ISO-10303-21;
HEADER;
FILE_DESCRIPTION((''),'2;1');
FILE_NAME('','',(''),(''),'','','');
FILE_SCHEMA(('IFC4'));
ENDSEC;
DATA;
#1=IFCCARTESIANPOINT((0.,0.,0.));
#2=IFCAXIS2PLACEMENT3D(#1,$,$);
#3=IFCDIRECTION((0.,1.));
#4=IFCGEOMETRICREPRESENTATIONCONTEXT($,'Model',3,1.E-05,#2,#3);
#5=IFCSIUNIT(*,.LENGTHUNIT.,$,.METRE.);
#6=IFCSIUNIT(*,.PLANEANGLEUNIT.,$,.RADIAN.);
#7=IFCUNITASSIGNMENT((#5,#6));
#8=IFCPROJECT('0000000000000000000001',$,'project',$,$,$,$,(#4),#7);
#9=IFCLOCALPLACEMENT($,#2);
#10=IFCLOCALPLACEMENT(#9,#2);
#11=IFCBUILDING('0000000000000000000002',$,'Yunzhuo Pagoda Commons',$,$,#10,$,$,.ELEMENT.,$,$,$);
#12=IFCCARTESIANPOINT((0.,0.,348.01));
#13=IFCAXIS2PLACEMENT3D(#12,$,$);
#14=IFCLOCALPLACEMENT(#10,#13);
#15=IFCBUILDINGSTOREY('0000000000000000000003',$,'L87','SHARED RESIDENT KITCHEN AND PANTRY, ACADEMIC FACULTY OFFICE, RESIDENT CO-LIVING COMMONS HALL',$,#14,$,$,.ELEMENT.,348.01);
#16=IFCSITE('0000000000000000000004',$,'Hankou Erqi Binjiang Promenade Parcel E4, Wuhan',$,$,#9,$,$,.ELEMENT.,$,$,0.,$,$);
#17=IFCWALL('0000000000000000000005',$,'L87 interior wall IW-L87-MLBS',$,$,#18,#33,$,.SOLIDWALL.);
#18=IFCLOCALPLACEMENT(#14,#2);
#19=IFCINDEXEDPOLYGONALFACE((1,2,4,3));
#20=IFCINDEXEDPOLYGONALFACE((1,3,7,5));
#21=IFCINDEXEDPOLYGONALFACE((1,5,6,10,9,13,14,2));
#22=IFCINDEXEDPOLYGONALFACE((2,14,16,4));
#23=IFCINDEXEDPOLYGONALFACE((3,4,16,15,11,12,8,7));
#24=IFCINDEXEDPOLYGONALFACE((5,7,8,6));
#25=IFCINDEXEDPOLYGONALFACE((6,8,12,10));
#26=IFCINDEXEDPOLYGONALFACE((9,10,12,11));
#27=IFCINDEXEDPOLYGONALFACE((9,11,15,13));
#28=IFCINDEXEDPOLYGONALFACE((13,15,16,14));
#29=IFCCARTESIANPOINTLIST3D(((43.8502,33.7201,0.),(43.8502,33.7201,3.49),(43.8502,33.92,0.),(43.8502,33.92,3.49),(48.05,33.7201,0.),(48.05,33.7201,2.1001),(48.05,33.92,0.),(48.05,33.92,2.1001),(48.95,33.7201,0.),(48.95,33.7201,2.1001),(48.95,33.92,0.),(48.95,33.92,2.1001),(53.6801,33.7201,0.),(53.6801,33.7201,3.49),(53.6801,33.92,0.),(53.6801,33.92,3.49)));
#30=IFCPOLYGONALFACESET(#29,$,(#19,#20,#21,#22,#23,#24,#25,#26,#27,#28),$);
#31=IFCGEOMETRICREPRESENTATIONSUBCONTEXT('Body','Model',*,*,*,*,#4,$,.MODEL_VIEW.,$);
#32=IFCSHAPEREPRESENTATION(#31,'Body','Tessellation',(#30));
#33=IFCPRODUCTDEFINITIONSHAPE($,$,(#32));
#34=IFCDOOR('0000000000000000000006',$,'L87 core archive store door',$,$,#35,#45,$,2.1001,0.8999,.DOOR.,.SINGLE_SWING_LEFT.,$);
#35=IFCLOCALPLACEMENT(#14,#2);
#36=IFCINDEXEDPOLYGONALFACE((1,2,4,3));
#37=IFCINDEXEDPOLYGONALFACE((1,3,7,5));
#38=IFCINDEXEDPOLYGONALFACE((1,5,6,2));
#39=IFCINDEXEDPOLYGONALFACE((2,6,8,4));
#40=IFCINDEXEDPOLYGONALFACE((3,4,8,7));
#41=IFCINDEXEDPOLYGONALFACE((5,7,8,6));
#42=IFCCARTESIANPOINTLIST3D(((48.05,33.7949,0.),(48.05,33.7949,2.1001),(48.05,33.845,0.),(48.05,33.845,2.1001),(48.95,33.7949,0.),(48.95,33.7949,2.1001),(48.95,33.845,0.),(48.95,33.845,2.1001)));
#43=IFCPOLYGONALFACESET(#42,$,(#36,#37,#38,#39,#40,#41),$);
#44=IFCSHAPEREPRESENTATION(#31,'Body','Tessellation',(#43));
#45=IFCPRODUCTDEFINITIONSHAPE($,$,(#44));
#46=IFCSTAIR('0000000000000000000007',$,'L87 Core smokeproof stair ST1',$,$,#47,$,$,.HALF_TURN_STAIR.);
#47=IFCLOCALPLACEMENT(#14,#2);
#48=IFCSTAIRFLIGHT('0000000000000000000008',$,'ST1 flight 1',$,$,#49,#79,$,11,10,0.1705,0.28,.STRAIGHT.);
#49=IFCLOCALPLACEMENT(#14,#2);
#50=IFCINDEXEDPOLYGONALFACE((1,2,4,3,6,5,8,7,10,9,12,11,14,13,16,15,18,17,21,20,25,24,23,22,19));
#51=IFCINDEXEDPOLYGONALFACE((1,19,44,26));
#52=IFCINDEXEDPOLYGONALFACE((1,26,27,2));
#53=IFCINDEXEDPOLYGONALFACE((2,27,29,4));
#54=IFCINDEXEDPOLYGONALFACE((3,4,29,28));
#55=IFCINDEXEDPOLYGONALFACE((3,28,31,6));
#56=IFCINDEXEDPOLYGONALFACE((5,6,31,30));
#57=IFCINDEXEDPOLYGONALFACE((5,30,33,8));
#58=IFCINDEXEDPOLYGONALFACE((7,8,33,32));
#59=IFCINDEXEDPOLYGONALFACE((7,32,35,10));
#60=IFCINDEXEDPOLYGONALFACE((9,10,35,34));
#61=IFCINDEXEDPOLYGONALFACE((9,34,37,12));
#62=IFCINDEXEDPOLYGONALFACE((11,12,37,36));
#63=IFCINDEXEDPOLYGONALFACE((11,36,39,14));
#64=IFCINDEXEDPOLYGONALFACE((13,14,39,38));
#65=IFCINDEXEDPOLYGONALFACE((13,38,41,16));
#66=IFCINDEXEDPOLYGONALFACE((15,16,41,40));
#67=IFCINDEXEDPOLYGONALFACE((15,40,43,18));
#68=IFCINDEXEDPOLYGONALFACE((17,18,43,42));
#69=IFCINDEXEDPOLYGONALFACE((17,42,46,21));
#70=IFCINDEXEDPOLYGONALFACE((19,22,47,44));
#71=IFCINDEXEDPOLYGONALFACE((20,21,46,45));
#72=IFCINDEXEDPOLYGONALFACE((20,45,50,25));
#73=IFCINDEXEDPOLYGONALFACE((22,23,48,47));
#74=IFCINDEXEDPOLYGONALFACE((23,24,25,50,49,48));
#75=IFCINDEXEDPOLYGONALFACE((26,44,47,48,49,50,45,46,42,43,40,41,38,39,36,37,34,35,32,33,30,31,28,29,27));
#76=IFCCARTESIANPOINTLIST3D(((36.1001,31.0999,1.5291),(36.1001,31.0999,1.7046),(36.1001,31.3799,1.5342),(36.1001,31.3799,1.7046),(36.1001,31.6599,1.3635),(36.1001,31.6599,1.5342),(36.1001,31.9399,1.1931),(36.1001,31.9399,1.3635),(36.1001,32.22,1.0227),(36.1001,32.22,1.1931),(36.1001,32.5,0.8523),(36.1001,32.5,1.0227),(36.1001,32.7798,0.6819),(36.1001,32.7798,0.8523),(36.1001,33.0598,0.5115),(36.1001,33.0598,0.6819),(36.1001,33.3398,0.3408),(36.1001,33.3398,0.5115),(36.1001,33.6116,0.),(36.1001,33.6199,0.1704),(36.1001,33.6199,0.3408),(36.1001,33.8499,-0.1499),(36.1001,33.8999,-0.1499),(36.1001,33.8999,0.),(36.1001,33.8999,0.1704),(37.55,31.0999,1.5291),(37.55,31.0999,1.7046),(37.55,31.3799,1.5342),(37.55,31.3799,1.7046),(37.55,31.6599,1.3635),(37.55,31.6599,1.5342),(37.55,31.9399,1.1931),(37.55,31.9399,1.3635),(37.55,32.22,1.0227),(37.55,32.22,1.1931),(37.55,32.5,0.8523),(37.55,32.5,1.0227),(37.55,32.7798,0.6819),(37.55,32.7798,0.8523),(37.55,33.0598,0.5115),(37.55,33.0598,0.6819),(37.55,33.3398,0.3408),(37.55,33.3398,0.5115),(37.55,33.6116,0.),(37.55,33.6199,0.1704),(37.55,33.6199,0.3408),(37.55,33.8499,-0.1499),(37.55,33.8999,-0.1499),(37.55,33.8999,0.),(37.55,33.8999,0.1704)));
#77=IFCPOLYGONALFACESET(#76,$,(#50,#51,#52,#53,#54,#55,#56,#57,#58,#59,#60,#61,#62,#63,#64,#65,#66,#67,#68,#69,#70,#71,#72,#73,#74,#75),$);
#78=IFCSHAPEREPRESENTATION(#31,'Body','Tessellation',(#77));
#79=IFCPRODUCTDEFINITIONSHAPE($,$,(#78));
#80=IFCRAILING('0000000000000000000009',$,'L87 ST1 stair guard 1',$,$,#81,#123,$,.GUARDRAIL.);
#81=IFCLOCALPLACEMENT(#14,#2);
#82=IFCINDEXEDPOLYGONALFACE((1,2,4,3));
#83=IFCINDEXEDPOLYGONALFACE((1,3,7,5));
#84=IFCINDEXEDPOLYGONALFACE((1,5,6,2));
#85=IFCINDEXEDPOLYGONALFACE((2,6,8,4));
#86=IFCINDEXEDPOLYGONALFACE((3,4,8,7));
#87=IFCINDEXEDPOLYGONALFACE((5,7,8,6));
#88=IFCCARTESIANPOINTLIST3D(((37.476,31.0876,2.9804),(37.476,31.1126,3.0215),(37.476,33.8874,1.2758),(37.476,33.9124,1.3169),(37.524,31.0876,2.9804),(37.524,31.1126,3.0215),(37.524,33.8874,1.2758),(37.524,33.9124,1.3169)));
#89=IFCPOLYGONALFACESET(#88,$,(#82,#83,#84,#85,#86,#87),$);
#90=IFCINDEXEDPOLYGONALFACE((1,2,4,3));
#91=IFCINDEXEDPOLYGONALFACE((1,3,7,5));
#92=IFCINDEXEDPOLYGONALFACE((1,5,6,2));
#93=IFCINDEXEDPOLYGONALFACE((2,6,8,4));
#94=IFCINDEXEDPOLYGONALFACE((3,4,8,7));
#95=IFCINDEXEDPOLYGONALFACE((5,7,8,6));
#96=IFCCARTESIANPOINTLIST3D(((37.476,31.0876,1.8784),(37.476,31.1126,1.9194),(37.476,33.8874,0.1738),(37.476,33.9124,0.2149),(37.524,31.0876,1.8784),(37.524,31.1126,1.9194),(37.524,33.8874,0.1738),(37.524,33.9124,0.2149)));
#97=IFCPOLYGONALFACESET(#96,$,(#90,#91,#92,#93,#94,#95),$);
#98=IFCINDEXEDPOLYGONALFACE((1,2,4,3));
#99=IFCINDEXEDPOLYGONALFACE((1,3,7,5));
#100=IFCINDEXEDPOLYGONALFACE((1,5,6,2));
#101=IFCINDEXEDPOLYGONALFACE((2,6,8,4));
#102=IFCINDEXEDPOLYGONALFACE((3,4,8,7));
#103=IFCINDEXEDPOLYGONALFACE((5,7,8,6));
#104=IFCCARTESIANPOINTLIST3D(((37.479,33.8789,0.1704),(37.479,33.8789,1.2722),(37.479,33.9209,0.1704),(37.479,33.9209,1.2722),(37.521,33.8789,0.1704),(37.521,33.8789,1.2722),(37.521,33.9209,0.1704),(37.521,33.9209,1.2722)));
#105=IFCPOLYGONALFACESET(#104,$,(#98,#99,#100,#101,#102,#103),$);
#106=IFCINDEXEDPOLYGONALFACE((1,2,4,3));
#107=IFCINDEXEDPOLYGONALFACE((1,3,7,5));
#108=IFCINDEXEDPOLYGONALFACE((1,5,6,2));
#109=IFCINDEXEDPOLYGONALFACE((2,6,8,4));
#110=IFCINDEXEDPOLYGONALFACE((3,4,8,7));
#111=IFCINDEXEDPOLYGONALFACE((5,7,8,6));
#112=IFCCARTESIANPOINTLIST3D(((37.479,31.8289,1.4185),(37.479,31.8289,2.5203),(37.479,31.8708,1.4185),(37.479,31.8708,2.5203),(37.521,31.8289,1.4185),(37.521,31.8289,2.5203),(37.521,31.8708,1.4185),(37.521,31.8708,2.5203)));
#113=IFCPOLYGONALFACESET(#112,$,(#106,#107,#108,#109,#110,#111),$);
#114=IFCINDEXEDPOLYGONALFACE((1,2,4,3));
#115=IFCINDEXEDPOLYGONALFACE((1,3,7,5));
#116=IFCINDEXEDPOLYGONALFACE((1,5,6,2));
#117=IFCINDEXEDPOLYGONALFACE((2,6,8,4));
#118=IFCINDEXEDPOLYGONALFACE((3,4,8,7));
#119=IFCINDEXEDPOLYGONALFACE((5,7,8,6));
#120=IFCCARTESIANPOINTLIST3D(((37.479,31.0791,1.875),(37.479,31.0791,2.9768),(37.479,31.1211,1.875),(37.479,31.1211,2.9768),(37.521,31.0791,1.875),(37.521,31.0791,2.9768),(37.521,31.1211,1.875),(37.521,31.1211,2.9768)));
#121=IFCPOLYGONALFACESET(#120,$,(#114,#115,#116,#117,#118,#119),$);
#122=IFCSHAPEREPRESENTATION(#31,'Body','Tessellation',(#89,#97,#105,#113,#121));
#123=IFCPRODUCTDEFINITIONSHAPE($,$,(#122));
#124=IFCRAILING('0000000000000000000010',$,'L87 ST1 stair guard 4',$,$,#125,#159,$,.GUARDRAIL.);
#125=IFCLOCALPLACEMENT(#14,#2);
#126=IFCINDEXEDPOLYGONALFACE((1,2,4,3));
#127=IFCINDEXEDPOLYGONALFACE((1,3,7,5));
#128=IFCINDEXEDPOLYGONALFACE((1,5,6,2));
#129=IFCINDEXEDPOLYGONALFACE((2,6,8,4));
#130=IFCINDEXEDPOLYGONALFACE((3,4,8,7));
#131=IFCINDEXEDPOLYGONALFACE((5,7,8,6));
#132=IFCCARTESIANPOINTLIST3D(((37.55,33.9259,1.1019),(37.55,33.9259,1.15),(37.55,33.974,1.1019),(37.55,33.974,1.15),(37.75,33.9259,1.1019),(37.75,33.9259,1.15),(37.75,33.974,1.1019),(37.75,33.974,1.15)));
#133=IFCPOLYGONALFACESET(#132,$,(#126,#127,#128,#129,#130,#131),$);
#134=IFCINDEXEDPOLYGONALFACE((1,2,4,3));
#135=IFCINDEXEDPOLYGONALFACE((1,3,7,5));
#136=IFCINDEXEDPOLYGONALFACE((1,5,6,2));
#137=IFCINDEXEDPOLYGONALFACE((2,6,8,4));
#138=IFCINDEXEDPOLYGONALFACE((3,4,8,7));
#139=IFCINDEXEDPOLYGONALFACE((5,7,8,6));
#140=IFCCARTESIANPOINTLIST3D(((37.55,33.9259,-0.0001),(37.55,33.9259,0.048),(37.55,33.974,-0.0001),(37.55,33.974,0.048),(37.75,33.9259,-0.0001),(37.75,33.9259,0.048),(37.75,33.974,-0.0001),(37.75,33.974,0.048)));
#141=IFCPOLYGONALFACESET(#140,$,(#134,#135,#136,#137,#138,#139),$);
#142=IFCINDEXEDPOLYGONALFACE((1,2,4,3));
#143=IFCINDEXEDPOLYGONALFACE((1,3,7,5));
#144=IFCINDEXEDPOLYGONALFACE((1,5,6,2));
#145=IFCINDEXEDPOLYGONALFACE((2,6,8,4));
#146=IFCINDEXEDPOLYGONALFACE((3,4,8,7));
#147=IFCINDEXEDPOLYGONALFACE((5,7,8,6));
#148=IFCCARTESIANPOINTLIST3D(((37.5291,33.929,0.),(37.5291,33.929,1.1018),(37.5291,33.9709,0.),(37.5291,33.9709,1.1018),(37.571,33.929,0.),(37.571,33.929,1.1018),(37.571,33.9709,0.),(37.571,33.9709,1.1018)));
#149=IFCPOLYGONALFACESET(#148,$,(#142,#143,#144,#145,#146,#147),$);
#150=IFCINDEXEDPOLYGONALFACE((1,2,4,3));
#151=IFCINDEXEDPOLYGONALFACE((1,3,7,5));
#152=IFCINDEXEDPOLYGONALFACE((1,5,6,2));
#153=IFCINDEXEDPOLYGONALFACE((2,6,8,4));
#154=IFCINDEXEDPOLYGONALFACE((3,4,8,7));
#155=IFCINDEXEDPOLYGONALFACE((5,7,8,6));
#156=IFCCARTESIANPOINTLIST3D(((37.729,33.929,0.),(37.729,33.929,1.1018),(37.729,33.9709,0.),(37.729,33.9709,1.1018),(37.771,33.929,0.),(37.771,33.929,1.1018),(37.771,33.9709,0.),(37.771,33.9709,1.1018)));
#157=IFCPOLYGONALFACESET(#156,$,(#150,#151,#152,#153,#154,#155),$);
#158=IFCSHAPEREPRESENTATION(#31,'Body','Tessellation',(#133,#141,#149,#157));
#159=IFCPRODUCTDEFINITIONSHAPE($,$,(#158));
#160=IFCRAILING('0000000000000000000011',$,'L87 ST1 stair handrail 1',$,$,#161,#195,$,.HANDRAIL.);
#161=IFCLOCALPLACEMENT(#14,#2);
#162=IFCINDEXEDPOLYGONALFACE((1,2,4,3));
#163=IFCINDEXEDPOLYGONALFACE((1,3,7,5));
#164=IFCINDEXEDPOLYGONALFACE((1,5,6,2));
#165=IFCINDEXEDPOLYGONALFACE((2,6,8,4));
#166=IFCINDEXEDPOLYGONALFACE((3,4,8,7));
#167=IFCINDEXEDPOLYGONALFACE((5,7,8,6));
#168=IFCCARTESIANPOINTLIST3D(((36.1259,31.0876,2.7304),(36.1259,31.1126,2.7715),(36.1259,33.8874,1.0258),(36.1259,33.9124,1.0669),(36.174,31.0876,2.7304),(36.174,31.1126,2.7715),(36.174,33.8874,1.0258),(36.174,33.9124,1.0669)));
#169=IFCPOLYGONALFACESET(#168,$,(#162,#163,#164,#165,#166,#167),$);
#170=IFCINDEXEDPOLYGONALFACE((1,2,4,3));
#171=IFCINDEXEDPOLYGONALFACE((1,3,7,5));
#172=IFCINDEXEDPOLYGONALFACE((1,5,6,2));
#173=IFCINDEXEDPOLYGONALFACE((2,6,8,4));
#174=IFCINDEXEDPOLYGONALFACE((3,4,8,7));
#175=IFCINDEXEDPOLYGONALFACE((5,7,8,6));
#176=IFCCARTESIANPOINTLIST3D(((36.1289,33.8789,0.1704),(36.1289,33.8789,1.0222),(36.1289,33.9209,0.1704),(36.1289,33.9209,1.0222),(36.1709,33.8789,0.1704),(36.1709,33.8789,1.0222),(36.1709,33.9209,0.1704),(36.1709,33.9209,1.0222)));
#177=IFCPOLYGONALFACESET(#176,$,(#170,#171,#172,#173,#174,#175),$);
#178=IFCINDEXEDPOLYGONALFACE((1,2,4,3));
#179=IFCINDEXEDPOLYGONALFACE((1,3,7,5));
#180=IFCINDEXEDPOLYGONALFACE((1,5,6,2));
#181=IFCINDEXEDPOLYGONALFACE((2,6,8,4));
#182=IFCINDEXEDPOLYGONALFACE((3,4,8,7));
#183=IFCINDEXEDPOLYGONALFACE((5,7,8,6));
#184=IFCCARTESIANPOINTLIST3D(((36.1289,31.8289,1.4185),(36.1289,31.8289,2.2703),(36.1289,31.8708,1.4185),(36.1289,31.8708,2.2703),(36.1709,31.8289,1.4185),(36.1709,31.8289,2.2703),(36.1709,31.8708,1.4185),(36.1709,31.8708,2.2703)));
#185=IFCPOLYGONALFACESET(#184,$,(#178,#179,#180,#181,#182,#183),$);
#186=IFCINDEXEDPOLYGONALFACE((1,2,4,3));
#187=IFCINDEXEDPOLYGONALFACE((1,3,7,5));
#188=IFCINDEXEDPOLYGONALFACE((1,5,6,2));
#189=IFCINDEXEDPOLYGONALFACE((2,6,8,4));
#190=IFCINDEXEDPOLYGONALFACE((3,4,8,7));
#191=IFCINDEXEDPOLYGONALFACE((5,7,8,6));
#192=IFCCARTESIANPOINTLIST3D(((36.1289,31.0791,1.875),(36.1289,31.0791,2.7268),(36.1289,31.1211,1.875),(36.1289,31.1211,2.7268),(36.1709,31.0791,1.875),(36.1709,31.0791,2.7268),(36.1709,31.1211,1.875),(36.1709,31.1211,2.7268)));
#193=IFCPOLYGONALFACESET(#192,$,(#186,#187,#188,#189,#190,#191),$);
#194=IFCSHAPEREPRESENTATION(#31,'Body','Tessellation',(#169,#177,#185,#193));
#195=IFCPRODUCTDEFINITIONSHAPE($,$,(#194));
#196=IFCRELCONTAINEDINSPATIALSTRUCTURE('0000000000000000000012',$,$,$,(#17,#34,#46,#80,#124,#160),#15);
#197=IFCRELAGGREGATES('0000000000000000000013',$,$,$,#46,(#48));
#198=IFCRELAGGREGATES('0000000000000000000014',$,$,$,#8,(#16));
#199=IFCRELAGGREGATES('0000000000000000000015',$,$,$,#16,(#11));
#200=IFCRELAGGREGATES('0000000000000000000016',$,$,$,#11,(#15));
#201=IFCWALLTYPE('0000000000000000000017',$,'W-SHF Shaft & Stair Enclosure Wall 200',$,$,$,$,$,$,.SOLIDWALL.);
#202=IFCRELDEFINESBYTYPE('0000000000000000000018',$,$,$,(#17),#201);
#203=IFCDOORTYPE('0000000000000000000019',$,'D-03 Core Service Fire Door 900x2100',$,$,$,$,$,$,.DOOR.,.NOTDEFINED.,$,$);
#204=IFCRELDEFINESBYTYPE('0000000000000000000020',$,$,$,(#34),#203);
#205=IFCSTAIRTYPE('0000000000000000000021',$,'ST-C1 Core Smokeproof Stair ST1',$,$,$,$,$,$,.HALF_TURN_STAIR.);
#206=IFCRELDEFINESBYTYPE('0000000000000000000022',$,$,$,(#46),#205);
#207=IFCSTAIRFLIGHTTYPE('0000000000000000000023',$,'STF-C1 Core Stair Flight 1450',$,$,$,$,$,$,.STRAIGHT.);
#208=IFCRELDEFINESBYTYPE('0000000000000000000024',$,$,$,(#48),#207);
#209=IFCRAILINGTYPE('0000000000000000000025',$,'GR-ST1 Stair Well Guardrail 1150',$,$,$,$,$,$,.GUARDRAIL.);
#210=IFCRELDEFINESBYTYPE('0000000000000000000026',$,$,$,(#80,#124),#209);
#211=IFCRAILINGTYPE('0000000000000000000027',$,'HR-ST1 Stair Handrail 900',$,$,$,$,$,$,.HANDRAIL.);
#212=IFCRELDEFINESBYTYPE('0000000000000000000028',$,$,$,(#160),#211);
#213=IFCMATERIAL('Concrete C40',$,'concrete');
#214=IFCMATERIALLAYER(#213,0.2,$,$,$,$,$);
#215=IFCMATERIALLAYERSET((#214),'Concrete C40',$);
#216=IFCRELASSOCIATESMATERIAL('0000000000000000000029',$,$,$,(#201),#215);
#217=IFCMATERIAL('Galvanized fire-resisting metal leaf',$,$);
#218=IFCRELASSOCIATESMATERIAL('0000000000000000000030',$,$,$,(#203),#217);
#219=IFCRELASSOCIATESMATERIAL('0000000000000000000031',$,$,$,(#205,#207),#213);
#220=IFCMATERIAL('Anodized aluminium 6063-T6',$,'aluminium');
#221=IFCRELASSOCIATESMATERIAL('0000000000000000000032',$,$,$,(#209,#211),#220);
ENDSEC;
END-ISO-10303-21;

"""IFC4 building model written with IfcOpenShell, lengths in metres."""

from ifc_helpers import new_model, si_unit, direction, frame, frame_2d, origin, origin_with_axes, origin_2d, place, context, subcontext, project, spatial, polyline, rectangle, outline, extrude, source, transform, mapped, material, layer, layer_set, type_object, element, fill, aggregate, save


model = new_model("IFC4")

# Units and contexts
model_context = context("Model", 3, precision=1e-05, world=origin(), true_north=direction((0.0, 1.0)))
body_context = subcontext(model_context, "Body", "Model", "MODEL_VIEW")
ifc_project = project(units=[si_unit("LENGTHUNIT", "METRE"), si_unit("PLANEANGLEUNIT", "RADIAN")], contexts=[model_context])

# Site, building, storey
site_placement = place(None, origin())
site = spatial("IfcSite", under=ifc_project, at=site_placement, Name="Hankou Erqi Binjiang Promenade Parcel E4, Wuhan", CompositionType="ELEMENT", RefElevation=0.0)
building_placement = place(site_placement, origin())
building = spatial("IfcBuilding", under=site, at=building_placement, Name="Yunzhuo Pagoda Commons", CompositionType="ELEMENT")
storey_placement = place(building_placement, frame((0.0, 0.0, 348.01)))
storey = spatial("IfcBuildingStorey", under=building, at=storey_placement, Name="L87", Description="SHARED RESIDENT KITCHEN AND PANTRY, ACADEMIC FACULTY OFFICE, RESIDENT CO-LIVING COMMONS HALL", CompositionType="ELEMENT", Elevation=348.01)

# Shared definitions
ifc_material_1 = material(Name="Galvanized fire-resisting metal leaf")
ifc_material_2 = material(Name="Concrete C40", Category="concrete")
ifc_layer_1 = layer(ifc_material_2, 0.2)
ifc_layer_set_1 = layer_set([ifc_layer_1], Name="Concrete C40")
wall_type_1 = type_object("IfcWallType", Name="W-SHF Shaft & Stair Enclosure Wall 200", PredefinedType="SOLIDWALL", material=ifc_layer_set_1)

# Wall, opening, door
door_type_1 = type_object("IfcDoorType", Name="D-03 Core Service Fire Door 900x2100", OperationType="NOTDEFINED", PredefinedType="DOOR", material=ifc_material_1)
shared_shape_1 = source(origin(), body_context, "Body", "SweptSolid", [
    extrude(rectangle(XDim=0.8999, YDim=2.1001, at=frame_2d((0.45, 1.05))), frame((0.0, 0.0249, 0.0), z_axis=(0.0, -1.0, 0.0), x_axis=(1.0, 0.0, 0.0)), (0.0, 0.0, 1.0), 0.05),
])
wall_1_placement = place(storey_placement, frame((43.8501, 33.8201, 0.0), z_axis=(0.0, 0.0, 1.0), x_axis=(1.0, 0.0, 0.0)))
wall_1 = element("IfcWall", 1, at=wall_1_placement, inside=storey, type_object=wall_type_1, Name="L87 interior wall IW-L87-MLBS", PredefinedType="SOLIDWALL", context=body_context, shape_type="SweptSolid", body=[
    extrude(rectangle(XDim=9.8298, YDim=0.2, at=frame_2d((4.915, 0.0))), origin(), (0.0, 0.0, 1.0), 3.49),
])
opening_1_placement = place(wall_1_placement, frame((4.2, 0.0, 0.0)))
opening_1 = element("IfcOpeningElement", 2, at=opening_1_placement, cuts=wall_1, PredefinedType="OPENING", context=body_context, shape_type="SweptSolid", body=[
    extrude(rectangle(XDim=0.8999, YDim=2.1001, at=frame_2d((0.45, 1.05))), frame((0.0, 0.1099, 0.0), z_axis=(0.0, -1.0, 0.0), x_axis=(1.0, 0.0, 0.0)), (0.0, 0.0, 1.0), 0.22),
])
door_1_placement = place(opening_1_placement, origin_with_axes())
door_1 = element("IfcDoor", 3, at=door_1_placement, inside=storey, type_object=door_type_1, Name="L87 core archive store door", OperationType="SINGLE_SWING_LEFT", OverallHeight=2.1001, OverallWidth=0.8999, PredefinedType="DOOR", context=body_context, shape_type="MappedRepresentation", body=[
    mapped(shared_shape_1, transform((0.0, 0.0, 0.0), scale=1.0)),
])
fill(opening_1, door_1)

# Stair, stair flight
stair_type = type_object("IfcStairType", Name="ST-C1 Core Smokeproof Stair ST1", PredefinedType="HALF_TURN_STAIR", material=ifc_material_2)
stair_placement = place(storey_placement, origin())
stair = element("IfcStair", 4, at=stair_placement, inside=storey, type_object=stair_type, Name="L87 Core smokeproof stair ST1", PredefinedType="HALF_TURN_STAIR")
stair_flight_type = type_object("IfcStairFlightType", Name="STF-C1 Core Stair Flight 1450", PredefinedType="STRAIGHT", material=ifc_material_2)
shared_shape_2 = source(origin(), body_context, "Body", "SweptSolid", [
    extrude(outline(polyline([(0.0, -0.1499), (0.0, 0.0), (0.0, 0.1704), (0.28, 0.1704), (0.28, 0.3408), (0.5601, 0.3408), (0.5601, 0.5115), (0.8401, 0.5115), (0.8401, 0.6819), (1.1201, 0.6819), (1.1201, 0.8523), (1.3999, 0.8523), (1.3999, 1.0227), (1.6799, 1.0227), (1.6799, 1.1931), (1.96, 1.1931), (1.96, 1.3635), (2.24, 1.3635), (2.24, 1.5342), (2.52, 1.5342), (2.52, 1.7046), (2.8, 1.7046), (2.8, 1.875), (2.8, 1.5291), (0.2883, 0.0), (0.05, -0.1499), (0.0, -0.1499)])), frame((0.0, 0.7251, 0.0), z_axis=(0.0, -1.0, 0.0), x_axis=(1.0, 0.0, 0.0)), (0.0, 0.0, 1.0), 1.45),
])
stair_flight_placement = place(storey_placement, frame((36.825, 33.8999, 0.0), z_axis=(0.0, 0.0, 1.0), x_axis=(0.0, -1.0, 0.0)))
stair_flight = element("IfcStairFlight", 5, at=stair_flight_placement, type_object=stair_flight_type, Name="ST1 flight 1", NumberOfRisers=11, NumberOfTreads=10, PredefinedType="STRAIGHT", RiserHeight=0.1705, TreadLength=0.28, context=body_context, shape_type="MappedRepresentation", body=[
    mapped(shared_shape_2, transform((0.0, 0.0, 0.0), scale=1.0)),
])
aggregate(stair, [stair_flight])

# Railings
ifc_material_3 = material(Name="Anodized aluminium 6063-T6", Category="aluminium")
railing_type_1 = type_object("IfcRailingType", Name="GR-ST1 Stair Well Guardrail 1150", PredefinedType="GUARDRAIL", material=ifc_material_3)
railing_1_placement = place(storey_placement, frame((37.5, 33.8999, 0.1704)))
element("IfcRailing", 6, at=railing_1_placement, inside=storey, type_object=railing_type_1, Name="L87 ST1 stair guard 1", PredefinedType="GUARDRAIL", context=body_context, shape_type="SweptSolid", body=[
    extrude(rectangle(XDim=0.0481, YDim=0.0481, at=origin_2d()), frame((0.0, 0.0, 1.126), z_axis=(0.0, -0.85415, 0.520027), x_axis=(1.0, 0.0, 0.0)), (0.0, 0.0, 1.0), 3.2778),
    extrude(rectangle(XDim=0.0481, YDim=0.0481, at=origin_2d()), frame((0.0, 0.0, 0.0239), z_axis=(0.0, -0.85415, 0.520027), x_axis=(1.0, 0.0, 0.0)), (0.0, 0.0, 1.0), 3.2778),
    extrude(rectangle(XDim=0.042, YDim=0.042, at=origin_2d()), origin(), (0.0, 0.0, 1.0), 1.1018),
    extrude(rectangle(XDim=0.042, YDim=0.042, at=origin_2d()), frame((0.0, -2.05, 1.248)), (0.0, 0.0, 1.0), 1.1018),
    extrude(rectangle(XDim=0.042, YDim=0.042, at=origin_2d()), frame((0.0, -2.7998, 1.7046)), (0.0, 0.0, 1.0), 1.1018),
])
railing_2_placement = place(storey_placement, frame((37.55, 33.95, 0.0)))
element("IfcRailing", 7, at=railing_2_placement, inside=storey, type_object=railing_type_1, Name="L87 ST1 stair guard 4", PredefinedType="GUARDRAIL", context=body_context, shape_type="SweptSolid", body=[
    extrude(rectangle(XDim=0.0481, YDim=0.0481, at=origin_2d()), frame((0.0, 0.0, 1.126), z_axis=(1.0, 0.0, 0.0), x_axis=(0.0, 1.0, 0.0)), (0.0, 0.0, 1.0), 0.2),
    extrude(rectangle(XDim=0.0481, YDim=0.0481, at=origin_2d()), frame((0.0, 0.0, 0.0239), z_axis=(1.0, 0.0, 0.0), x_axis=(0.0, 1.0, 0.0)), (0.0, 0.0, 1.0), 0.2),
    extrude(rectangle(XDim=0.042, YDim=0.042, at=origin_2d()), origin(), (0.0, 0.0, 1.0), 1.1018),
    extrude(rectangle(XDim=0.042, YDim=0.042, at=origin_2d()), frame((0.2, 0.0, 0.0)), (0.0, 0.0, 1.0), 1.1018),
])
railing_type_2 = type_object("IfcRailingType", Name="HR-ST1 Stair Handrail 900", PredefinedType="HANDRAIL", material=ifc_material_3)
railing_3_placement = place(storey_placement, frame((36.1499, 33.8999, 0.1704)))
element("IfcRailing", 8, at=railing_3_placement, inside=storey, type_object=railing_type_2, Name="L87 ST1 stair handrail 1", PredefinedType="HANDRAIL", context=body_context, shape_type="SweptSolid", body=[
    extrude(rectangle(XDim=0.0481, YDim=0.0481, at=origin_2d()), frame((0.0, 0.0, 0.876), z_axis=(0.0, -0.85415, 0.520027), x_axis=(1.0, 0.0, 0.0)), (0.0, 0.0, 1.0), 3.2778),
    extrude(rectangle(XDim=0.042, YDim=0.042, at=origin_2d()), origin(), (0.0, 0.0, 1.0), 0.8518),
    extrude(rectangle(XDim=0.042, YDim=0.042, at=origin_2d()), frame((0.0, -2.05, 1.248)), (0.0, 0.0, 1.0), 0.8518),
    extrude(rectangle(XDim=0.042, YDim=0.042, at=origin_2d()), frame((0.0, -2.7998, 1.7046)), (0.0, 0.0, 1.0), 0.8518),
])

save(model, "model.ifc")
